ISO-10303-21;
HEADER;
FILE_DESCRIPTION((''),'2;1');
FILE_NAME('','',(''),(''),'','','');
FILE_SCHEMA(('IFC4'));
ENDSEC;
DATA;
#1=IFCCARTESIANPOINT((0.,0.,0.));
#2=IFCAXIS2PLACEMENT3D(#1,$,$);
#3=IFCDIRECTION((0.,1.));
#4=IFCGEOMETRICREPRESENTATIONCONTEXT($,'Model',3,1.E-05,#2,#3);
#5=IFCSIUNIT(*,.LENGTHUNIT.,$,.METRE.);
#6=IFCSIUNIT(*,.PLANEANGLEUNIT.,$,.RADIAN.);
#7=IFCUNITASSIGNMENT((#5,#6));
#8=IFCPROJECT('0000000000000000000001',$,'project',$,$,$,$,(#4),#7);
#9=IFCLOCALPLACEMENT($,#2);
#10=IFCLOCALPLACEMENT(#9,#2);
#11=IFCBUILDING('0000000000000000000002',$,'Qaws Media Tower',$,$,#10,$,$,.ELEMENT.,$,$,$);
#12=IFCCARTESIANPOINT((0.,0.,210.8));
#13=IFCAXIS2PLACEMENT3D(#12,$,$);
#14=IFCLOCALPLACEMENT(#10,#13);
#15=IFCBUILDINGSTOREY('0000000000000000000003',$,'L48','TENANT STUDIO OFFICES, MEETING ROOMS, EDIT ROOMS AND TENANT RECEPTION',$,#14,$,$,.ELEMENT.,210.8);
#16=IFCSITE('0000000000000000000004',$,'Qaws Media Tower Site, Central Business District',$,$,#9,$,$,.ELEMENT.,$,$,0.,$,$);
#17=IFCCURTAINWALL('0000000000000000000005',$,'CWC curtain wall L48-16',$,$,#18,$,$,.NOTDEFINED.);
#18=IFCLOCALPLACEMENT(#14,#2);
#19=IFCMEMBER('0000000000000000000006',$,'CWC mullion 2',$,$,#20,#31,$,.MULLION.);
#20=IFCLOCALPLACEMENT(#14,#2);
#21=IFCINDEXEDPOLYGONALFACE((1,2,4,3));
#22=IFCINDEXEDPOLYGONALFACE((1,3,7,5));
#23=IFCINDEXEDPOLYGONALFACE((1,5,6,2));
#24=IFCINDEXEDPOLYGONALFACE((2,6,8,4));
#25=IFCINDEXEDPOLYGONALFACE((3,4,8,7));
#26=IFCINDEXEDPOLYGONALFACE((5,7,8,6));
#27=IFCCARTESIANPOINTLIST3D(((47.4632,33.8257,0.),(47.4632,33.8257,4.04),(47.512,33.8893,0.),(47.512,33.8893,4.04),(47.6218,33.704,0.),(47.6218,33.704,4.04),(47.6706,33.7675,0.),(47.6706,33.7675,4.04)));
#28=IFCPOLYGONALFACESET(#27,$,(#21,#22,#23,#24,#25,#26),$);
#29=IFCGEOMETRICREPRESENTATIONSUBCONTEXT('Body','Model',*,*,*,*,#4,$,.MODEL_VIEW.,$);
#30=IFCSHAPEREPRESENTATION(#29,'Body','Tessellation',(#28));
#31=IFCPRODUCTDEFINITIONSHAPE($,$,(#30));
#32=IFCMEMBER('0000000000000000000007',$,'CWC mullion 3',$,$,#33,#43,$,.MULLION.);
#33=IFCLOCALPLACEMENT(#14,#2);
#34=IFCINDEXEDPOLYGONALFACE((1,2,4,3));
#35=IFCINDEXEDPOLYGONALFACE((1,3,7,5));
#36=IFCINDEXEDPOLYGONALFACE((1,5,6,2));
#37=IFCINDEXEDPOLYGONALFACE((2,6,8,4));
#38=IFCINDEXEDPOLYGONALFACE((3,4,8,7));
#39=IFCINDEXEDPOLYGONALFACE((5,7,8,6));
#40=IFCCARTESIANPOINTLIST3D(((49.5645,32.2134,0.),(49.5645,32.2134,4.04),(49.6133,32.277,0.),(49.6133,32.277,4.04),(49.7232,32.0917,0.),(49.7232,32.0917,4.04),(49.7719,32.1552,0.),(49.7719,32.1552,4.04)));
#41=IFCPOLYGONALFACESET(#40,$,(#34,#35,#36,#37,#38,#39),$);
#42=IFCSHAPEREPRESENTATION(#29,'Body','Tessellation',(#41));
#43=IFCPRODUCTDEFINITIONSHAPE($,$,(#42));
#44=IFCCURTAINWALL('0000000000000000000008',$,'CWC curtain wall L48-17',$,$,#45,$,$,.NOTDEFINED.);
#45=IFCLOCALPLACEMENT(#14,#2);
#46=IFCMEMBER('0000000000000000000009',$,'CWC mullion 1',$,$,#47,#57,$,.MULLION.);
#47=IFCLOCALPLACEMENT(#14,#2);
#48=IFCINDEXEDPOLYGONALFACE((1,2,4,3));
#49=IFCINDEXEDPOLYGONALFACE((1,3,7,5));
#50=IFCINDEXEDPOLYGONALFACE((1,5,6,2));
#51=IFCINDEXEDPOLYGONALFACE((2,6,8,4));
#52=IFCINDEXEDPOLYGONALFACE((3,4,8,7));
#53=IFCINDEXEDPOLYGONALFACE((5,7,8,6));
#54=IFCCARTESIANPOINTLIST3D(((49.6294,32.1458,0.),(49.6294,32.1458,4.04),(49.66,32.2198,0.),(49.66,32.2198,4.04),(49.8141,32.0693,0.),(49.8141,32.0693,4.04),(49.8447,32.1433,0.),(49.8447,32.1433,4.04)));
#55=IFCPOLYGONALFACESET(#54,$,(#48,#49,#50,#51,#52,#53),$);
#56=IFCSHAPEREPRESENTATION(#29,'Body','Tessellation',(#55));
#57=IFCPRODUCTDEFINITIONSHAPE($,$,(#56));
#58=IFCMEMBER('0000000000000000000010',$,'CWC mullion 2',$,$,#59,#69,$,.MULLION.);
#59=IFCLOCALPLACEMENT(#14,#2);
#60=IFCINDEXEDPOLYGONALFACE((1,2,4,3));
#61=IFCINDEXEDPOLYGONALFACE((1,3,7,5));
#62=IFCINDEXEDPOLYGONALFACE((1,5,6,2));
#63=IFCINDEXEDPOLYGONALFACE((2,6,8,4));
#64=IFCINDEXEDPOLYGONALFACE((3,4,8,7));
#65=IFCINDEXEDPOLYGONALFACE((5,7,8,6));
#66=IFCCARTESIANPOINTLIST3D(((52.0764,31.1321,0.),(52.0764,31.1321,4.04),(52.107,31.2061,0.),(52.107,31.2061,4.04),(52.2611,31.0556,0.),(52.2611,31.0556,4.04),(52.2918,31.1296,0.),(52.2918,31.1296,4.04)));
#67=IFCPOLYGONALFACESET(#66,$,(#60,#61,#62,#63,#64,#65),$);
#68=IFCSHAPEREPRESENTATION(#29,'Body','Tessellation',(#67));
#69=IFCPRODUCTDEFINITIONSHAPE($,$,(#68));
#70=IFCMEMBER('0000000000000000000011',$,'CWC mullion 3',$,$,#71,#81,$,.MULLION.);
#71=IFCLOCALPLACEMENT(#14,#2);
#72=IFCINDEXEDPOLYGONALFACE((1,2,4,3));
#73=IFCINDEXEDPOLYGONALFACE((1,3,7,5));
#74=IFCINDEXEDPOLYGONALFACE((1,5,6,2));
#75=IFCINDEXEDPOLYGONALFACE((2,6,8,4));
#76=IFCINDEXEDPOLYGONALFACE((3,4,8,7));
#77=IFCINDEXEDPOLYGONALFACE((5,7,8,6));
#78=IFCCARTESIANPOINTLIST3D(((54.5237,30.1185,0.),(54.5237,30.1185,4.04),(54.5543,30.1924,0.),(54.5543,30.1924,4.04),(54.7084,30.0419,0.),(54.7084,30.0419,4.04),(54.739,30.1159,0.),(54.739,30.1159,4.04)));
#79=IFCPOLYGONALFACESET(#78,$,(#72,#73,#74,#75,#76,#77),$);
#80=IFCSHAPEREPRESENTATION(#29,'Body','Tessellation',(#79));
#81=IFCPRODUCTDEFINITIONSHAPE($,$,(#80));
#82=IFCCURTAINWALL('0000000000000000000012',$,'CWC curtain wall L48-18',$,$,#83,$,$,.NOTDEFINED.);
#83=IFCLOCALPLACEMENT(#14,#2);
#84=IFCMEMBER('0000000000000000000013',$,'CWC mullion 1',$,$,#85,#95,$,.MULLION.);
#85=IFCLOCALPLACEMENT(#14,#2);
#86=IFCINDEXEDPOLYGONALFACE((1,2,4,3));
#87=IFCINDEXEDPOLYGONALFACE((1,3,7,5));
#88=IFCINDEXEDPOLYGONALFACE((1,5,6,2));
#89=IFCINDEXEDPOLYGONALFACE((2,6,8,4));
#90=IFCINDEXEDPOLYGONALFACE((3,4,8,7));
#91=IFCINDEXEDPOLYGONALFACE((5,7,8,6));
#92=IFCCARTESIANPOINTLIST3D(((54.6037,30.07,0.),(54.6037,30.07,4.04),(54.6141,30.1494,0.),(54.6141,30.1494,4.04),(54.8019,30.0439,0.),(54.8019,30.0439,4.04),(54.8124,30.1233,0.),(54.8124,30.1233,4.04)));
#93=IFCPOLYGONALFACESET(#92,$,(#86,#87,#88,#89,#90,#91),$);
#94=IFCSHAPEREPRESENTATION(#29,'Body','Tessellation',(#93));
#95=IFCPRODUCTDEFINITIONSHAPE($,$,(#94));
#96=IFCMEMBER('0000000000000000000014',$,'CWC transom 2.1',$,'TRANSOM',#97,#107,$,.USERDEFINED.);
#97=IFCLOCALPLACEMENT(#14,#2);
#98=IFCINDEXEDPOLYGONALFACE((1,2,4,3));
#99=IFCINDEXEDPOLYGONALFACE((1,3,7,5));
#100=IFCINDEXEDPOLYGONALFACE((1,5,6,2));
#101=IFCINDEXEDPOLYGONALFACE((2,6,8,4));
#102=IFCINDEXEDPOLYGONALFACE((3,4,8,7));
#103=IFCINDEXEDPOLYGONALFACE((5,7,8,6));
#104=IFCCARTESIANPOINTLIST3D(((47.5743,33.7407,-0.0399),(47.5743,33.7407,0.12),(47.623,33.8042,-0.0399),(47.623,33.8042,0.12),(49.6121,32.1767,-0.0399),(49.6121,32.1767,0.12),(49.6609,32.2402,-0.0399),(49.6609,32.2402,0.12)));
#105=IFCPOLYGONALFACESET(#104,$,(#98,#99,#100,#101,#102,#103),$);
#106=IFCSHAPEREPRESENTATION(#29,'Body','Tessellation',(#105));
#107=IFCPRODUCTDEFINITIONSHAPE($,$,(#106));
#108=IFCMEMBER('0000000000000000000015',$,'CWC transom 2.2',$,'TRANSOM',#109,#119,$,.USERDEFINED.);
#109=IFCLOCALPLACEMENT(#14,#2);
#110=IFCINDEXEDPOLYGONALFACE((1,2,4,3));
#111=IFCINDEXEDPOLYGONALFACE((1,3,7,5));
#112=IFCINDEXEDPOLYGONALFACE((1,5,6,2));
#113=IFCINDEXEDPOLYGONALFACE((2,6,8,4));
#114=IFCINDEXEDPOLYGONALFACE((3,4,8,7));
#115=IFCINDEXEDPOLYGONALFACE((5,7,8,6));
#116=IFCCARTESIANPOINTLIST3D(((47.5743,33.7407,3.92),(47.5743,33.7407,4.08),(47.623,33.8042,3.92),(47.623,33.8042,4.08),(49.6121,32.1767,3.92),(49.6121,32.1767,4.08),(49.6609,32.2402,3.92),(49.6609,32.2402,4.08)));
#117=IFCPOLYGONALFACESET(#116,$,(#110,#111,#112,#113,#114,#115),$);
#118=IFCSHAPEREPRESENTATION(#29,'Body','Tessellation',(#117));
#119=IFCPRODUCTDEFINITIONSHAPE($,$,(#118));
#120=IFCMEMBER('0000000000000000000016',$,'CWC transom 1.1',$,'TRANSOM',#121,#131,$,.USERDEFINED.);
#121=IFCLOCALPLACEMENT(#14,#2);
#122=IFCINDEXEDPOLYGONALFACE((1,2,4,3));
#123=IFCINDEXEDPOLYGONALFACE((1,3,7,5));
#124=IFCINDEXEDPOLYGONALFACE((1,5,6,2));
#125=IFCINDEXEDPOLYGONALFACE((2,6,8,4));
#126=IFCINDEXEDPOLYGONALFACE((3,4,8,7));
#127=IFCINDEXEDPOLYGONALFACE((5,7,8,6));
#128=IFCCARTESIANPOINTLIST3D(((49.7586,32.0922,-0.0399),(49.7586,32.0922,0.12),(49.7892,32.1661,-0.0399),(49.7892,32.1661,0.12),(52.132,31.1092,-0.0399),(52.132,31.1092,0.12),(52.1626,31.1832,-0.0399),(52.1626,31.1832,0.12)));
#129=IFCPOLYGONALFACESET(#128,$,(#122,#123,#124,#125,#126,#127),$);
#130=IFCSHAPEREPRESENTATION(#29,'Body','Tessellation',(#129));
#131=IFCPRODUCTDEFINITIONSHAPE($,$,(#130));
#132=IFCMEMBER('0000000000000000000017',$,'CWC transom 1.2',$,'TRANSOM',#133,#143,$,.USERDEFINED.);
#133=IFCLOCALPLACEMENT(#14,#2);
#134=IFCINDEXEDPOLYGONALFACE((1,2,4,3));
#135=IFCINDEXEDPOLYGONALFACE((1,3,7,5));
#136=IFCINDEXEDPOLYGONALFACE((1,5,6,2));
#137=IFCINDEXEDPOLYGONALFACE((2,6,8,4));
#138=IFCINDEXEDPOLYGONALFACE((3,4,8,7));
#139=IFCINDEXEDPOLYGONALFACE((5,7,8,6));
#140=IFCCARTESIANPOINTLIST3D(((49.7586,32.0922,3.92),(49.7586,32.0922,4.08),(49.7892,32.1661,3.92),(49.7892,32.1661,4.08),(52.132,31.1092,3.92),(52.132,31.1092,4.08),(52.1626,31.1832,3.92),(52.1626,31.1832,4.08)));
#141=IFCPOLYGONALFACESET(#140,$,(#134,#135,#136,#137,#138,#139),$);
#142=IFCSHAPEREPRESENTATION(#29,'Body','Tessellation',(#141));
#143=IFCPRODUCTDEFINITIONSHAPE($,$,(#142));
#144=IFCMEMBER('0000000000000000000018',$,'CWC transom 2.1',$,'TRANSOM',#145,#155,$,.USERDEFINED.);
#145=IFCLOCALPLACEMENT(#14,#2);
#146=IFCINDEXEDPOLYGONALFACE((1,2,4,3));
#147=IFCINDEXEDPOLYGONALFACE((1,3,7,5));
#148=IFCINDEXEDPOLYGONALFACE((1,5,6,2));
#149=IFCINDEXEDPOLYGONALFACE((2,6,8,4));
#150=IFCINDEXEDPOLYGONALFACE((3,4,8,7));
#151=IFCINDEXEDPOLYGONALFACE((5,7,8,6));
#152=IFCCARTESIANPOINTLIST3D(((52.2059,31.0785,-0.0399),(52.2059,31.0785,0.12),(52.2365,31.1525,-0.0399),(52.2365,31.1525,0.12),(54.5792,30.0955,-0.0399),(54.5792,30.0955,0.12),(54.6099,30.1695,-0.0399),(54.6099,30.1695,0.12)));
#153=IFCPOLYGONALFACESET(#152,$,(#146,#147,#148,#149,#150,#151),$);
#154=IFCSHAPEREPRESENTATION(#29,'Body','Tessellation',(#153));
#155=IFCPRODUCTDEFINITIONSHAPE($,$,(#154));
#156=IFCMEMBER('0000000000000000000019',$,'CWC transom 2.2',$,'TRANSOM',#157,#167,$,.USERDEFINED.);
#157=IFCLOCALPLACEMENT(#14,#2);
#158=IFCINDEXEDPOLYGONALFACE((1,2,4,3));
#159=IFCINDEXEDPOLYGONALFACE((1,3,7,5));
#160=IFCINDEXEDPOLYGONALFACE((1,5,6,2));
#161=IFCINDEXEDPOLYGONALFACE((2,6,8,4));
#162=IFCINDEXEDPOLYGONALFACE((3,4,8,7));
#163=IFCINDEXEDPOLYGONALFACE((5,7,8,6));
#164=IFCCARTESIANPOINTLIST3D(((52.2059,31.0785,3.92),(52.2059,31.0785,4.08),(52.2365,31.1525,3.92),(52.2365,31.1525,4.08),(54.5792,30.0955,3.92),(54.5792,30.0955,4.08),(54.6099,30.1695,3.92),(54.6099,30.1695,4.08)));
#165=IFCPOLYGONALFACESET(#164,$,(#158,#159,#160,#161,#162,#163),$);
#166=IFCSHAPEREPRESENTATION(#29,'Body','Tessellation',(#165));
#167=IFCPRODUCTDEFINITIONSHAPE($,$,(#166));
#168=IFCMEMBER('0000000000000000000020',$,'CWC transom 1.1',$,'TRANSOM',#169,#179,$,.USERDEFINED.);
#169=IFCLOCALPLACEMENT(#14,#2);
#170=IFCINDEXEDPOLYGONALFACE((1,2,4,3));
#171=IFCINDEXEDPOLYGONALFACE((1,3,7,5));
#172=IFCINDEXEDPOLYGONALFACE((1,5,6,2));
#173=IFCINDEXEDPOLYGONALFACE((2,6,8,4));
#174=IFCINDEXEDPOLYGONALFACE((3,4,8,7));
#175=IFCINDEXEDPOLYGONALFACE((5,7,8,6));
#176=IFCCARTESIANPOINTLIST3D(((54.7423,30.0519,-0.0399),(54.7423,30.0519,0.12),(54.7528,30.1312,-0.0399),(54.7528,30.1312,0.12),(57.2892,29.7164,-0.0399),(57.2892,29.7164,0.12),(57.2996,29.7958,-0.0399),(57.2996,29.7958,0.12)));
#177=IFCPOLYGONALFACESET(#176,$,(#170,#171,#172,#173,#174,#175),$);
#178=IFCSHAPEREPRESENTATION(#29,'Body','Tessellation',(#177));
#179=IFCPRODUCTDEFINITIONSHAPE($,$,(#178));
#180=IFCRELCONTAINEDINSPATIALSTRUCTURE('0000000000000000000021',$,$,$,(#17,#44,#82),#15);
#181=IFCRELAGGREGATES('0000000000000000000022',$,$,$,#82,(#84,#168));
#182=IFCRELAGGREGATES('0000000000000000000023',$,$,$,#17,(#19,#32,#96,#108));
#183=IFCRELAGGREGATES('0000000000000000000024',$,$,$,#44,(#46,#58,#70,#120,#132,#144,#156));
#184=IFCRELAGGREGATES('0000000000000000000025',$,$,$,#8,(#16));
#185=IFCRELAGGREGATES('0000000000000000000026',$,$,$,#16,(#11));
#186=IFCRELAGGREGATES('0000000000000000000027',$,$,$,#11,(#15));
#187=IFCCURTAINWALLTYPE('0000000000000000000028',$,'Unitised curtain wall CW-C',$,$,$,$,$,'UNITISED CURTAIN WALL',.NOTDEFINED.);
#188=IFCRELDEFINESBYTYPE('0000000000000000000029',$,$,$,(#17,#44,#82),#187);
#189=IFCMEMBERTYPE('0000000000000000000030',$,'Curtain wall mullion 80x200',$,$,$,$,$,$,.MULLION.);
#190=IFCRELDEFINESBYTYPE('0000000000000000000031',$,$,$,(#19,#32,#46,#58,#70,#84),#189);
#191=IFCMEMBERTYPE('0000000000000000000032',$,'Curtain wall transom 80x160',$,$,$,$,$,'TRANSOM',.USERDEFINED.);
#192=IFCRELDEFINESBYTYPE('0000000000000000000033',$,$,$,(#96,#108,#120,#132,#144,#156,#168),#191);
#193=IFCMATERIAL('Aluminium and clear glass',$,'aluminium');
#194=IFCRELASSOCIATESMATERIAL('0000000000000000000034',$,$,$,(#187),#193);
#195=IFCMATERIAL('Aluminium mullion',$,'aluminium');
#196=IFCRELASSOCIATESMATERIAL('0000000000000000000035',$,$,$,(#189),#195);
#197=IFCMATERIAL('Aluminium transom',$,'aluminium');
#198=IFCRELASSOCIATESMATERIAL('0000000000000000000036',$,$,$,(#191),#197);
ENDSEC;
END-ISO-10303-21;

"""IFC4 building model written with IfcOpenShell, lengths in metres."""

from ifc_helpers import new_model, si_unit, direction, frame, origin, origin_2d, place, context, subcontext, project, spatial, rectangle, extrude, material, material_profile, profile_set, type_object, element, aggregate, save


model = new_model("IFC4")

# Units and contexts
model_context = context("Model", 3, precision=1e-05, world=origin(), true_north=direction((0.0, 1.0)))
body_context = subcontext(model_context, "Body", "Model", "MODEL_VIEW")
ifc_project = project(units=[si_unit("LENGTHUNIT", "METRE"), si_unit("PLANEANGLEUNIT", "RADIAN")], contexts=[model_context])

# Site, building, storey
site_placement = place(None, origin())
site = spatial("IfcSite", under=ifc_project, at=site_placement, Name="Qaws Media Tower Site, Central Business District", CompositionType="ELEMENT", RefElevation=0.0)
building_placement = place(site_placement, origin())
building = spatial("IfcBuilding", under=site, at=building_placement, Name="Qaws Media Tower", CompositionType="ELEMENT")
storey_placement = place(building_placement, frame((0.0, 0.0, 210.8)))
storey = spatial("IfcBuildingStorey", under=building, at=storey_placement, Name="L48", Description="TENANT STUDIO OFFICES, MEETING ROOMS, EDIT ROOMS AND TENANT RECEPTION", CompositionType="ELEMENT", Elevation=210.8)

# Curtain walls, members
ifc_material_1 = material(Name="Aluminium and clear glass", Category="aluminium")
curtain_wall_type = type_object("IfcCurtainWallType", Name="Unitised curtain wall CW-C", ElementType="UNITISED CURTAIN WALL", PredefinedType="NOTDEFINED", material=ifc_material_1)
curtain_wall_1_placement = place(storey_placement, origin())
curtain_wall_1 = element("IfcCurtainWall", 1, at=curtain_wall_1_placement, inside=storey, type_object=curtain_wall_type, Name="CWC curtain wall L48-16", PredefinedType="NOTDEFINED")
ifc_material_2 = material(Name="Aluminium mullion", Category="aluminium")
ifc_material_profile_1 = material_profile(ifc_material_2, rectangle(XDim=0.0801, YDim=0.2, at=origin_2d()), Name="80x200")
ifc_profile_set_1 = profile_set([ifc_material_profile_1], Name="Aluminium mullion")
member_type_1 = type_object("IfcMemberType", Name="Curtain wall mullion 80x200", PredefinedType="MULLION", material=ifc_profile_set_1)
member_1_placement = place(storey_placement, frame((47.5669, 33.7966, 0.0), z_axis=(0.0, 0.0, 1.0), x_axis=(0.608761, 0.793353, 0.0)))
member_1 = element("IfcMember", 2, at=member_1_placement, type_object=member_type_1, Name="CWC mullion 2", PredefinedType="MULLION", context=body_context, shape_type="SweptSolid", body=[
    extrude(rectangle(XDim=0.0801, YDim=0.2, at=origin_2d()), origin(), (0.0, 0.0, 1.0), 4.04),
])
member_2_placement = place(storey_placement, frame((49.6682, 32.1843, 0.0), z_axis=(0.0, 0.0, 1.0), x_axis=(0.608761, 0.793353, 0.0)))
member_2 = element("IfcMember", 3, at=member_2_placement, type_object=member_type_1, Name="CWC mullion 3", PredefinedType="MULLION", context=body_context, shape_type="SweptSolid", body=[
    extrude(rectangle(XDim=0.0801, YDim=0.2, at=origin_2d()), origin(), (0.0, 0.0, 1.0), 4.04),
])
curtain_wall_2_placement = place(storey_placement, origin())
curtain_wall_2 = element("IfcCurtainWall", 4, at=curtain_wall_2_placement, inside=storey, type_object=curtain_wall_type, Name="CWC curtain wall L48-17", PredefinedType="NOTDEFINED")
member_3_placement = place(storey_placement, frame((49.7371, 32.1445, 0.0), z_axis=(0.0, 0.0, 1.0), x_axis=(0.382683, 0.92388, 0.0)))
member_3 = element("IfcMember", 5, at=member_3_placement, type_object=member_type_1, Name="CWC mullion 1", PredefinedType="MULLION", context=body_context, shape_type="SweptSolid", body=[
    extrude(rectangle(XDim=0.0801, YDim=0.2, at=origin_2d()), origin(), (0.0, 0.0, 1.0), 4.04),
])
member_4_placement = place(storey_placement, frame((52.1841, 31.1309, 0.0), z_axis=(0.0, 0.0, 1.0), x_axis=(0.382683, 0.92388, 0.0)))
member_4 = element("IfcMember", 6, at=member_4_placement, type_object=member_type_1, Name="CWC mullion 2", PredefinedType="MULLION", context=body_context, shape_type="SweptSolid", body=[
    extrude(rectangle(XDim=0.0801, YDim=0.2, at=origin_2d()), origin(), (0.0, 0.0, 1.0), 4.04),
])
member_5_placement = place(storey_placement, frame((54.6313, 30.1172, 0.0), z_axis=(0.0, 0.0, 1.0), x_axis=(0.382683, 0.92388, 0.0)))
member_5 = element("IfcMember", 7, at=member_5_placement, type_object=member_type_1, Name="CWC mullion 3", PredefinedType="MULLION", context=body_context, shape_type="SweptSolid", body=[
    extrude(rectangle(XDim=0.0801, YDim=0.2, at=origin_2d()), origin(), (0.0, 0.0, 1.0), 4.04),
])

# Curtain wall, member
curtain_wall_3_placement = place(storey_placement, origin())
curtain_wall_3 = element("IfcCurtainWall", 8, at=curtain_wall_3_placement, inside=storey, type_object=curtain_wall_type, Name="CWC curtain wall L48-18", PredefinedType="NOTDEFINED")
member_6_placement = place(storey_placement, frame((54.708, 30.0967, 0.0), z_axis=(0.0, 0.0, 1.0), x_axis=(0.130526, 0.991445, 0.0)))
member_6 = element("IfcMember", 9, at=member_6_placement, type_object=member_type_1, Name="CWC mullion 1", PredefinedType="MULLION", context=body_context, shape_type="SweptSolid", body=[
    extrude(rectangle(XDim=0.0801, YDim=0.2, at=origin_2d()), origin(), (0.0, 0.0, 1.0), 4.04),
])

# Members
ifc_material_3 = material(Name="Aluminium transom", Category="aluminium")
ifc_material_profile_2 = material_profile(ifc_material_3, rectangle(XDim=0.0801, YDim=0.1599, at=origin_2d()), Name="80x160")
ifc_profile_set_2 = profile_set([ifc_material_profile_2], Name="Aluminium transom")
member_type_2 = type_object("IfcMemberType", Name="Curtain wall transom 80x160", ElementType="TRANSOM", PredefinedType="USERDEFINED", material=ifc_profile_set_2)
member_7_placement = place(storey_placement, frame((47.5986, 33.7725, 0.04), z_axis=(0.793302, -0.608829, 0.0), x_axis=(0.608829, 0.793302, 0.0)))
member_7 = element("IfcMember", 10, at=member_7_placement, type_object=member_type_2, Name="CWC transom 2.1", ObjectType="TRANSOM", PredefinedType="USERDEFINED", context=body_context, shape_type="SweptSolid", body=[
    extrude(rectangle(XDim=0.0801, YDim=0.1599, at=origin_2d()), origin(), (0.0, 0.0, 1.0), 2.5688),
])
member_8_placement = place(storey_placement, frame((47.5986, 33.7725, 4.0), z_axis=(0.793302, -0.608829, 0.0), x_axis=(0.608829, 0.793302, 0.0)))
member_8 = element("IfcMember", 11, at=member_8_placement, type_object=member_type_2, Name="CWC transom 2.2", ObjectType="TRANSOM", PredefinedType="USERDEFINED", context=body_context, shape_type="SweptSolid", body=[
    extrude(rectangle(XDim=0.0801, YDim=0.1599, at=origin_2d()), origin(), (0.0, 0.0, 1.0), 2.5688),
])
member_9_placement = place(storey_placement, frame((49.7739, 32.1292, 0.04), z_axis=(0.923899, -0.382637, 0.0), x_axis=(0.382637, 0.923899, 0.0)))
member_9 = element("IfcMember", 12, at=member_9_placement, type_object=member_type_2, Name="CWC transom 1.1", ObjectType="TRANSOM", PredefinedType="USERDEFINED", context=body_context, shape_type="SweptSolid", body=[
    extrude(rectangle(XDim=0.0801, YDim=0.1599, at=origin_2d()), origin(), (0.0, 0.0, 1.0), 2.5688),
])
member_10_placement = place(storey_placement, frame((49.7739, 32.1292, 4.0), z_axis=(0.923899, -0.382637, 0.0), x_axis=(0.382637, 0.923899, 0.0)))
member_10 = element("IfcMember", 13, at=member_10_placement, type_object=member_type_2, Name="CWC transom 1.2", ObjectType="TRANSOM", PredefinedType="USERDEFINED", context=body_context, shape_type="SweptSolid", body=[
    extrude(rectangle(XDim=0.0801, YDim=0.1599, at=origin_2d()), origin(), (0.0, 0.0, 1.0), 2.5688),
])
member_11_placement = place(storey_placement, frame((52.2212, 31.1155, 0.04), z_axis=(0.923899, -0.382637, 0.0), x_axis=(0.382637, 0.923899, 0.0)))
member_11 = element("IfcMember", 14, at=member_11_placement, type_object=member_type_2, Name="CWC transom 2.1", ObjectType="TRANSOM", PredefinedType="USERDEFINED", context=body_context, shape_type="SweptSolid", body=[
    extrude(rectangle(XDim=0.0801, YDim=0.1599, at=origin_2d()), origin(), (0.0, 0.0, 1.0), 2.5688),
])
member_12_placement = place(storey_placement, frame((52.2212, 31.1155, 4.0), z_axis=(0.923899, -0.382637, 0.0), x_axis=(0.382637, 0.923899, 0.0)))
member_12 = element("IfcMember", 15, at=member_12_placement, type_object=member_type_2, Name="CWC transom 2.2", ObjectType="TRANSOM", PredefinedType="USERDEFINED", context=body_context, shape_type="SweptSolid", body=[
    extrude(rectangle(XDim=0.0801, YDim=0.1599, at=origin_2d()), origin(), (0.0, 0.0, 1.0), 2.5688),
])
member_13_placement = place(storey_placement, frame((54.7476, 30.0916, 0.04), z_axis=(0.991437, -0.130582, 0.0), x_axis=(0.130582, 0.991437, 0.0)))
member_13 = element("IfcMember", 16, at=member_13_placement, type_object=member_type_2, Name="CWC transom 1.1", ObjectType="TRANSOM", PredefinedType="USERDEFINED", context=body_context, shape_type="SweptSolid", body=[
    extrude(rectangle(XDim=0.0801, YDim=0.1599, at=origin_2d()), origin(), (0.0, 0.0, 1.0), 2.5688),
])
aggregate(curtain_wall_3, [member_6, member_13])

aggregate(curtain_wall_1, [member_1, member_2, member_7, member_8])
aggregate(curtain_wall_2, [member_3, member_4, member_5, member_9, member_10, member_11, member_12])

save(model, "model.ifc")
